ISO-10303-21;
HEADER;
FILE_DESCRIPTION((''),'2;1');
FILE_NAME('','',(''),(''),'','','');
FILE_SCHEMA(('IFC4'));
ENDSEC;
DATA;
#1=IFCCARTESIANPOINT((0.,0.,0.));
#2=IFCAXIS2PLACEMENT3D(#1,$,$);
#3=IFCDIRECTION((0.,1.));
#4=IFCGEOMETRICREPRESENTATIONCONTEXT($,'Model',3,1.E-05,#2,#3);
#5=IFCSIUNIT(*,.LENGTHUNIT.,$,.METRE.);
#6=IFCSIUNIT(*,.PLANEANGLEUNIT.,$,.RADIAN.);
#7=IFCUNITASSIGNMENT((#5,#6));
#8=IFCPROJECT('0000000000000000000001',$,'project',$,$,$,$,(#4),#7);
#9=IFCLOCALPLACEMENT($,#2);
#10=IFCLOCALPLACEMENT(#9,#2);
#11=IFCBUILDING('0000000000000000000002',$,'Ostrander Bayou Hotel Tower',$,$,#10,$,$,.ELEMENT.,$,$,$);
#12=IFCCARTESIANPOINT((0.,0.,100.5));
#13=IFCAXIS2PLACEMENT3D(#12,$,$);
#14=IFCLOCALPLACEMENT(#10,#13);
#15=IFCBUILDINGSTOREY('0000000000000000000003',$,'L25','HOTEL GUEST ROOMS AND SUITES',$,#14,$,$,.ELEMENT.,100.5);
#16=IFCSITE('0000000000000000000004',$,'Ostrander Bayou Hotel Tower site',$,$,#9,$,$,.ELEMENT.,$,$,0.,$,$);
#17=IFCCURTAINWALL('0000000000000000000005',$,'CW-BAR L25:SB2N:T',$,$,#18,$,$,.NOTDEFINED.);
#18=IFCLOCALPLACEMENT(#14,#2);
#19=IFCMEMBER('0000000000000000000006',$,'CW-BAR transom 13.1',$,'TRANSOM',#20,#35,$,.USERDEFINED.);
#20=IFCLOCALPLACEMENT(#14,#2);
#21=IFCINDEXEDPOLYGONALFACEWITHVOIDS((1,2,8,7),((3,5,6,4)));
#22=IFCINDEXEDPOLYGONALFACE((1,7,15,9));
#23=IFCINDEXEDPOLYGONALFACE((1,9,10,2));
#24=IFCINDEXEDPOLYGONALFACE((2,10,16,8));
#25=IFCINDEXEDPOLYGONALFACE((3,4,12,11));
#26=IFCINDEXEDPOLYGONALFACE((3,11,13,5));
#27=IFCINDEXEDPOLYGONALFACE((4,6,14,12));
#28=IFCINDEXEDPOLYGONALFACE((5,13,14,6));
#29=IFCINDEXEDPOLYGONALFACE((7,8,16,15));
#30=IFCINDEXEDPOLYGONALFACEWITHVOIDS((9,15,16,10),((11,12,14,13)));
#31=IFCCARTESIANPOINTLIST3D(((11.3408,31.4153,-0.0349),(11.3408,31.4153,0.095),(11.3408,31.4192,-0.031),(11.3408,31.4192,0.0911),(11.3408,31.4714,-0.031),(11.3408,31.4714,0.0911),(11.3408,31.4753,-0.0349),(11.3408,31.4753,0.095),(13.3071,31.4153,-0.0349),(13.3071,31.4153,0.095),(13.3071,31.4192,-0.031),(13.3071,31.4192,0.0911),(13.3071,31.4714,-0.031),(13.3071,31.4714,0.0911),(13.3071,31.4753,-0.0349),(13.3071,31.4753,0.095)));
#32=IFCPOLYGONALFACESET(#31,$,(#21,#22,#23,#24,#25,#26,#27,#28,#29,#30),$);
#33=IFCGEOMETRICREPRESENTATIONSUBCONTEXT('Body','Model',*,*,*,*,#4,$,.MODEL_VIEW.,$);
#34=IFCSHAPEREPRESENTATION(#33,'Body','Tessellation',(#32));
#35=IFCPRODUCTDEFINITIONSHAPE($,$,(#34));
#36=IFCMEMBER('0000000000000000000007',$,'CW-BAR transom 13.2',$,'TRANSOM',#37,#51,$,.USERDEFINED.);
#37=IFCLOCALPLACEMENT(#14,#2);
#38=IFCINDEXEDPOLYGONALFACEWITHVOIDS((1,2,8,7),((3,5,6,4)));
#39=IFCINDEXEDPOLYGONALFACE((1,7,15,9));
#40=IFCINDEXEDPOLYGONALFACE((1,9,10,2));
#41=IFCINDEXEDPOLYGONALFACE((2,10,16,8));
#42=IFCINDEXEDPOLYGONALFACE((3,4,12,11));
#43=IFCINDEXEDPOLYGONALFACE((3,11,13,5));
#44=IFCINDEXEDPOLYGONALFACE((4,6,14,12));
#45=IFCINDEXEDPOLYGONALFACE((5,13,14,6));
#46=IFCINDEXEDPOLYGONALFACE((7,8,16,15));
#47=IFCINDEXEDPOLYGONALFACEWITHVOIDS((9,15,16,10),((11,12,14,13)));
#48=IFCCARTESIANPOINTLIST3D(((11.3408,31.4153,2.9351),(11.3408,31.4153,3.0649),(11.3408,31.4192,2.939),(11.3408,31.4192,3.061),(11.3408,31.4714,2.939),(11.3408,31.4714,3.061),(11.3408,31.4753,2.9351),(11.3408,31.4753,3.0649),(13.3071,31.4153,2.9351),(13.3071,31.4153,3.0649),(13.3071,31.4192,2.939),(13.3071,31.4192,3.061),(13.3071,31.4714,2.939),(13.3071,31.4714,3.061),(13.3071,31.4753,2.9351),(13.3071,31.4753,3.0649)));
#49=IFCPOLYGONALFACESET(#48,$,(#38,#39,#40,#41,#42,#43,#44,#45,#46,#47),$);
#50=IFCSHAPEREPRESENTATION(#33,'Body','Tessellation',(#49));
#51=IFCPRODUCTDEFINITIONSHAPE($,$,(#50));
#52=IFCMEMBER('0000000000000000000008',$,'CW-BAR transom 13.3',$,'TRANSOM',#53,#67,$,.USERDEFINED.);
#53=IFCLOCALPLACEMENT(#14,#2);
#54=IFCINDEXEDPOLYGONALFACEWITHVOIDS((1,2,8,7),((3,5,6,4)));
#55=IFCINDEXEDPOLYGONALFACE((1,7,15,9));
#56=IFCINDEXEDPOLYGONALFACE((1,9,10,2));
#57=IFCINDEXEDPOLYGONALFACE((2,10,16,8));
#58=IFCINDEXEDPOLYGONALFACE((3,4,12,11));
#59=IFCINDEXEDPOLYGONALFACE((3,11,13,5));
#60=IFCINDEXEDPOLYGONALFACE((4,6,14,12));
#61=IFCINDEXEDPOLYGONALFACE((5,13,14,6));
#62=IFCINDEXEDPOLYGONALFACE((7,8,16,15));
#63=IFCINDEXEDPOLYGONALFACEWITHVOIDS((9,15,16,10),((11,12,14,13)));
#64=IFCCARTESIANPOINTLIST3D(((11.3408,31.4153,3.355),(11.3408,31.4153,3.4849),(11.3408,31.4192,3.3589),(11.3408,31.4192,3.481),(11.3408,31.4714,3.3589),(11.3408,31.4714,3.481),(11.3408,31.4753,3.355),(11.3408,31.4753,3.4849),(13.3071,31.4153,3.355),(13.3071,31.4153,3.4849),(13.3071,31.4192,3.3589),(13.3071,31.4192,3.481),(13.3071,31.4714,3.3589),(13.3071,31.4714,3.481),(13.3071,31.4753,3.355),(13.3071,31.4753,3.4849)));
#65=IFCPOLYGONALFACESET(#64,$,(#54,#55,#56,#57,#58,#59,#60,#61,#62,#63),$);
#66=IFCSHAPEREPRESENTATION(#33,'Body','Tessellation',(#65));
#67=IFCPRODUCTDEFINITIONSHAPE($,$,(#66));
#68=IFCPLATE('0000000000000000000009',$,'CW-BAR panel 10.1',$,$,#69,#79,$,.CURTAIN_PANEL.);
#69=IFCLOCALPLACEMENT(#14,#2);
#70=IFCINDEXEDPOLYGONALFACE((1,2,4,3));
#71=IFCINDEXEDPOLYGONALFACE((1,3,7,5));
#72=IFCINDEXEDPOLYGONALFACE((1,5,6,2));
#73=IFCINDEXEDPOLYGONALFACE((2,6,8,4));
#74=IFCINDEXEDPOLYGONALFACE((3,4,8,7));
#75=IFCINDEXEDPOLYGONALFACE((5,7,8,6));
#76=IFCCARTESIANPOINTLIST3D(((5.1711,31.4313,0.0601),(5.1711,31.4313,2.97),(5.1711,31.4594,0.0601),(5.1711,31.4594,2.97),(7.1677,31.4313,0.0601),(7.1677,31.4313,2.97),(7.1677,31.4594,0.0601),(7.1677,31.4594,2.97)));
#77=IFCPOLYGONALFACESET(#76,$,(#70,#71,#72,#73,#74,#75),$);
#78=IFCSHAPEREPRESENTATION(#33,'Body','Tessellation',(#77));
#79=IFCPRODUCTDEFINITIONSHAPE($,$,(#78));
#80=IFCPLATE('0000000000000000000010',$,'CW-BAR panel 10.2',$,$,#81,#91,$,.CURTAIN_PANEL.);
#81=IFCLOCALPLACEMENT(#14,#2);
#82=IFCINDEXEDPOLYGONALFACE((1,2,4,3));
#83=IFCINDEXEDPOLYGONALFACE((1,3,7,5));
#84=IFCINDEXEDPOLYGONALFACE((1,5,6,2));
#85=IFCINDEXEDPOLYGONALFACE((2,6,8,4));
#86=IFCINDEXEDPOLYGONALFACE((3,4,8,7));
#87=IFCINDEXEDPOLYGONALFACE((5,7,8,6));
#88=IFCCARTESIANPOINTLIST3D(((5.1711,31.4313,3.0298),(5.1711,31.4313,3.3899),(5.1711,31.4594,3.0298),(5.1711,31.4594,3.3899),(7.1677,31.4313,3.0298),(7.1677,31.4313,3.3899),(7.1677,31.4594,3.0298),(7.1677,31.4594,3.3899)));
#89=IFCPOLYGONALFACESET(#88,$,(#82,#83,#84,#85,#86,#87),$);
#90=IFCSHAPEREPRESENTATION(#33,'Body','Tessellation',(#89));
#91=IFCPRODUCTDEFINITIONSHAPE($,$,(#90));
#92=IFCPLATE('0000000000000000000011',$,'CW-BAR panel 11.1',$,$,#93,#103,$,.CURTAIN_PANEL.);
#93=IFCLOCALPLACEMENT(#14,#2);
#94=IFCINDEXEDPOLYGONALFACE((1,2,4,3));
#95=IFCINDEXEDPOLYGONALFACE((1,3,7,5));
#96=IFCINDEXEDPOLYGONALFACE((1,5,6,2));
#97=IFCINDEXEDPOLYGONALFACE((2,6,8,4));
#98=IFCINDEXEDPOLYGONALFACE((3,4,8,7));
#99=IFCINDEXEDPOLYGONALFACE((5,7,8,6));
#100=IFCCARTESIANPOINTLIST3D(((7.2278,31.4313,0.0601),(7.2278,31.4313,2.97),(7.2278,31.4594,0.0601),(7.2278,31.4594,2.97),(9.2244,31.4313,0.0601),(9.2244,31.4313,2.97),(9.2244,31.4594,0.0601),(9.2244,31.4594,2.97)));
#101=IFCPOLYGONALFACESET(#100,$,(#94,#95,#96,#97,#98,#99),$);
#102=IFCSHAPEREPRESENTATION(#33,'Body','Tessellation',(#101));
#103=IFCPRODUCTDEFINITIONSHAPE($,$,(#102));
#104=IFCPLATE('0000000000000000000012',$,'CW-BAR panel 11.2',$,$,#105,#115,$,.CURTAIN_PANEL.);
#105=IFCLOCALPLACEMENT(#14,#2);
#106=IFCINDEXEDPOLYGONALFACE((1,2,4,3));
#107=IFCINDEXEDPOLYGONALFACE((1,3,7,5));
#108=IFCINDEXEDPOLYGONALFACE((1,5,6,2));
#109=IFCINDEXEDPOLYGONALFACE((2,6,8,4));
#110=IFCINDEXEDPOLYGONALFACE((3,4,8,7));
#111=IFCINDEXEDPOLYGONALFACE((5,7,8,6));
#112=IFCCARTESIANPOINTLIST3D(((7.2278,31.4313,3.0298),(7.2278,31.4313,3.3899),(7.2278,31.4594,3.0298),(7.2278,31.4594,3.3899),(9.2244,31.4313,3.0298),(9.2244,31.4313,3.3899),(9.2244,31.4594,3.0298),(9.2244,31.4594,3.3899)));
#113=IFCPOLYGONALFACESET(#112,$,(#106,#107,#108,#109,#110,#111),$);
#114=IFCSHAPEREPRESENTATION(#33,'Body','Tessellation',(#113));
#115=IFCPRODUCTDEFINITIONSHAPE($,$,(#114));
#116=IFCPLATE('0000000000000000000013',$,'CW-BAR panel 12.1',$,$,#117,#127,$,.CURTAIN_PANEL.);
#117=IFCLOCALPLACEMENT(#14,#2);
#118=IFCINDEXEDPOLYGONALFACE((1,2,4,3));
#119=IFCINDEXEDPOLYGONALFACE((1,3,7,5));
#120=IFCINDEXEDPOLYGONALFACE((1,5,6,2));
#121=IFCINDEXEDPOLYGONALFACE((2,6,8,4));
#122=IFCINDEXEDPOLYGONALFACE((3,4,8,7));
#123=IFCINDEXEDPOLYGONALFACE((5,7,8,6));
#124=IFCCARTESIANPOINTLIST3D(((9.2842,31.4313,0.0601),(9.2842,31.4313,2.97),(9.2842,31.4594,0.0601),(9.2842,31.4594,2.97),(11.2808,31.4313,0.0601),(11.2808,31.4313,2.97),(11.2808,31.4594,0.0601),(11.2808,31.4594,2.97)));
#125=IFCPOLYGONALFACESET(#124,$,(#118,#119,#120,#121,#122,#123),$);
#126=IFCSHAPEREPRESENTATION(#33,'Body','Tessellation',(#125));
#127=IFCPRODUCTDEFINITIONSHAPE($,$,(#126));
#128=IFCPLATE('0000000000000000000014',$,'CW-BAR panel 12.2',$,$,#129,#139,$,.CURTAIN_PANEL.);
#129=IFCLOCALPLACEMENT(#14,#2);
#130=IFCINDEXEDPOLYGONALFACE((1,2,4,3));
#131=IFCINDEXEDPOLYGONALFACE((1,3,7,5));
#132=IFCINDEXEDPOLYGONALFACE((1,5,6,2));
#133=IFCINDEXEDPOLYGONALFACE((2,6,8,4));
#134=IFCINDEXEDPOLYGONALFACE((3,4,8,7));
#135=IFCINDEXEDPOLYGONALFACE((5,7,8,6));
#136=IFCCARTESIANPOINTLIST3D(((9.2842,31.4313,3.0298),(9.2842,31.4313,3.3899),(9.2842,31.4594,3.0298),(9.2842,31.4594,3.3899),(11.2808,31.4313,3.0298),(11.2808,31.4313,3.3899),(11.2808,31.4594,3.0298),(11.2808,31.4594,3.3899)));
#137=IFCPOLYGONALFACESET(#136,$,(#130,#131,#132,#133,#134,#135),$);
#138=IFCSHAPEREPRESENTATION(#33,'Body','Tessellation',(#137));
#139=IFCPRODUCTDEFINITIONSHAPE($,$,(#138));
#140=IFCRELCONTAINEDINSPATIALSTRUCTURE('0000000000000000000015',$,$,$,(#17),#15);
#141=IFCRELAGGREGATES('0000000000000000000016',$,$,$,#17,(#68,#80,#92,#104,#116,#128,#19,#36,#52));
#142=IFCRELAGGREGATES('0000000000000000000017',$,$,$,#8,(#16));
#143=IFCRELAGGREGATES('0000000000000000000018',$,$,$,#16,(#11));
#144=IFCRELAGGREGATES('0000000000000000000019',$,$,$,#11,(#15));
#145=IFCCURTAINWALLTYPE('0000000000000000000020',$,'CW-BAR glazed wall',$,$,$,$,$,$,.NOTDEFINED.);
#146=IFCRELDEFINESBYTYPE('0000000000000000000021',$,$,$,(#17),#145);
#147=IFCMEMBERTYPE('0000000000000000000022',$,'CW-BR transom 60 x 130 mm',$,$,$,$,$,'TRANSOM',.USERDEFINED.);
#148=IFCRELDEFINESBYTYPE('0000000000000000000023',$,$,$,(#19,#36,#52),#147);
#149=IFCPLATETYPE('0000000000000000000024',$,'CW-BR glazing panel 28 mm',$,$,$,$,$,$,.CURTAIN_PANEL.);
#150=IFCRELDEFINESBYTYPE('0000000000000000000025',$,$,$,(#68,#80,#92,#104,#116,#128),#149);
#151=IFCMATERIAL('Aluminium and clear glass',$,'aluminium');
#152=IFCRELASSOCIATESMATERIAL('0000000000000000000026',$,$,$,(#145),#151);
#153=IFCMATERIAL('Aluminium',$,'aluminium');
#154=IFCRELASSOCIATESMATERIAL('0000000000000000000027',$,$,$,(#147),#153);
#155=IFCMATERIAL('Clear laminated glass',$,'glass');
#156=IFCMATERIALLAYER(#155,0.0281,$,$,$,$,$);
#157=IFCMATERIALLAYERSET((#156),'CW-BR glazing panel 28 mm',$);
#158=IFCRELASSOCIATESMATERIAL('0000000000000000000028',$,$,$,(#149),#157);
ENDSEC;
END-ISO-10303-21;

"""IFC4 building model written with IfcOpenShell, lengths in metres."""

from ifc_helpers import new_model, si_unit, direction, frame, origin, origin_2d, place, context, subcontext, project, spatial, rectangle, hollow_rectangle, extrude, material, layer, layer_set, material_profile, profile_set, type_object, element, aggregate, save


model = new_model("IFC4")

# Units and contexts
model_context = context("Model", 3, precision=1e-05, world=origin(), true_north=direction((0.0, 1.0)))
body_context = subcontext(model_context, "Body", "Model", "MODEL_VIEW")
ifc_project = project(units=[si_unit("LENGTHUNIT", "METRE"), si_unit("PLANEANGLEUNIT", "RADIAN")], contexts=[model_context])

# Site, building, storey
site_placement = place(None, origin())
site = spatial("IfcSite", under=ifc_project, at=site_placement, Name="Ostrander Bayou Hotel Tower site", CompositionType="ELEMENT", RefElevation=0.0)
building_placement = place(site_placement, origin())
building = spatial("IfcBuilding", under=site, at=building_placement, Name="Ostrander Bayou Hotel Tower", CompositionType="ELEMENT")
storey_placement = place(building_placement, frame((0.0, 0.0, 100.5)))
storey = spatial("IfcBuildingStorey", under=building, at=storey_placement, Name="L25", Description="HOTEL GUEST ROOMS AND SUITES", CompositionType="ELEMENT", Elevation=100.5)

# Curtain wall, members, plates
ifc_material_1 = material(Name="Aluminium and clear glass", Category="aluminium")
curtain_wall_type = type_object("IfcCurtainWallType", Name="CW-BAR glazed wall", PredefinedType="NOTDEFINED", material=ifc_material_1)
curtain_wall_placement = place(storey_placement, origin())
curtain_wall = element("IfcCurtainWall", 1, at=curtain_wall_placement, inside=storey, type_object=curtain_wall_type, Name="CW-BAR L25:SB2N:T", PredefinedType="NOTDEFINED")
ifc_material_2 = material(Name="Aluminium", Category="aluminium")
ifc_material_profile_1 = material_profile(ifc_material_2, hollow_rectangle(XDim=0.0601, YDim=0.1299, WallThickness=0.0039, at=origin_2d()))
ifc_profile_set_1 = profile_set([ifc_material_profile_1], Name="Aluminium")
member_type_1 = type_object("IfcMemberType", Name="CW-BR transom 60 x 130 mm", ElementType="TRANSOM", PredefinedType="USERDEFINED", material=ifc_profile_set_1)
member_1_placement = place(storey_placement, frame((11.3408, 31.4453, 0.03), z_axis=(1.0, 0.0, 0.0), x_axis=(0.0, 1.0, 0.0)))
member_1 = element("IfcMember", 2, at=member_1_placement, type_object=member_type_1, Name="CW-BAR transom 13.1", ObjectType="TRANSOM", PredefinedType="USERDEFINED", context=body_context, shape_type="SweptSolid", body=[
    extrude(hollow_rectangle(XDim=0.0601, YDim=0.1299, WallThickness=0.0039, at=origin_2d()), origin(), (0.0, 0.0, 1.0), 1.9663),
])
member_2_placement = place(storey_placement, frame((11.3408, 31.4453, 3.0), z_axis=(1.0, 0.0, 0.0), x_axis=(0.0, 1.0, 0.0)))
member_2 = element("IfcMember", 3, at=member_2_placement, type_object=member_type_1, Name="CW-BAR transom 13.2", ObjectType="TRANSOM", PredefinedType="USERDEFINED", context=body_context, shape_type="SweptSolid", body=[
    extrude(hollow_rectangle(XDim=0.0601, YDim=0.1299, WallThickness=0.0039, at=origin_2d()), origin(), (0.0, 0.0, 1.0), 1.9663),
])
member_3_placement = place(storey_placement, frame((11.3408, 31.4453, 3.4199), z_axis=(1.0, 0.0, 0.0), x_axis=(0.0, 1.0, 0.0)))
member_3 = element("IfcMember", 4, at=member_3_placement, type_object=member_type_1, Name="CW-BAR transom 13.3", ObjectType="TRANSOM", PredefinedType="USERDEFINED", context=body_context, shape_type="SweptSolid", body=[
    extrude(hollow_rectangle(XDim=0.0601, YDim=0.1299, WallThickness=0.0039, at=origin_2d()), origin(), (0.0, 0.0, 1.0), 1.9663),
])
ifc_material_3 = material(Name="Clear laminated glass", Category="glass")
ifc_layer = layer(ifc_material_3, 0.0281)
ifc_layer_set = layer_set([ifc_layer], Name="CW-BR glazing panel 28 mm")
plate_type = type_object("IfcPlateType", Name="CW-BR glazing panel 28 mm", PredefinedType="CURTAIN_PANEL", material=ifc_layer_set)
plate_1_placement = place(storey_placement, frame((6.1694, 31.4453, 0.0601), z_axis=(0.0, 0.0, 1.0), x_axis=(1.0, 0.0, 0.0)))
plate_1 = element("IfcPlate", 5, at=plate_1_placement, type_object=plate_type, Name="CW-BAR panel 10.1", PredefinedType="CURTAIN_PANEL", context=body_context, shape_type="SweptSolid", body=[
    extrude(rectangle(XDim=1.9966, YDim=0.0281, at=origin_2d()), origin(), (0.0, 0.0, 1.0), 2.9099),
])
plate_2_placement = place(storey_placement, frame((6.1694, 31.4453, 3.0298), z_axis=(0.0, 0.0, 1.0), x_axis=(1.0, 0.0, 0.0)))
plate_2 = element("IfcPlate", 6, at=plate_2_placement, type_object=plate_type, Name="CW-BAR panel 10.2", PredefinedType="CURTAIN_PANEL", context=body_context, shape_type="SweptSolid", body=[
    extrude(rectangle(XDim=1.9966, YDim=0.0281, at=origin_2d()), origin(), (0.0, 0.0, 1.0), 0.3601),
])
plate_3_placement = place(storey_placement, frame((8.2261, 31.4453, 0.0601), z_axis=(0.0, 0.0, 1.0), x_axis=(1.0, 0.0, 0.0)))
plate_3 = element("IfcPlate", 7, at=plate_3_placement, type_object=plate_type, Name="CW-BAR panel 11.1", PredefinedType="CURTAIN_PANEL", context=body_context, shape_type="SweptSolid", body=[
    extrude(rectangle(XDim=1.9966, YDim=0.0281, at=origin_2d()), origin(), (0.0, 0.0, 1.0), 2.9099),
])
plate_4_placement = place(storey_placement, frame((8.2261, 31.4453, 3.0298), z_axis=(0.0, 0.0, 1.0), x_axis=(1.0, 0.0, 0.0)))
plate_4 = element("IfcPlate", 8, at=plate_4_placement, type_object=plate_type, Name="CW-BAR panel 11.2", PredefinedType="CURTAIN_PANEL", context=body_context, shape_type="SweptSolid", body=[
    extrude(rectangle(XDim=1.9966, YDim=0.0281, at=origin_2d()), origin(), (0.0, 0.0, 1.0), 0.3601),
])
plate_5_placement = place(storey_placement, frame((10.2825, 31.4453, 0.0601), z_axis=(0.0, 0.0, 1.0), x_axis=(1.0, 0.0, 0.0)))
plate_5 = element("IfcPlate", 9, at=plate_5_placement, type_object=plate_type, Name="CW-BAR panel 12.1", PredefinedType="CURTAIN_PANEL", context=body_context, shape_type="SweptSolid", body=[
    extrude(rectangle(XDim=1.9966, YDim=0.0281, at=origin_2d()), origin(), (0.0, 0.0, 1.0), 2.9099),
])
plate_6_placement = place(storey_placement, frame((10.2825, 31.4453, 3.0298), z_axis=(0.0, 0.0, 1.0), x_axis=(1.0, 0.0, 0.0)))
plate_6 = element("IfcPlate", 10, at=plate_6_placement, type_object=plate_type, Name="CW-BAR panel 12.2", PredefinedType="CURTAIN_PANEL", context=body_context, shape_type="SweptSolid", body=[
    extrude(rectangle(XDim=1.9966, YDim=0.0281, at=origin_2d()), origin(), (0.0, 0.0, 1.0), 0.3601),
])
aggregate(curtain_wall, [plate_1, plate_2, plate_3, plate_4, plate_5, plate_6, member_1, member_2, member_3])

save(model, "model.ifc")
